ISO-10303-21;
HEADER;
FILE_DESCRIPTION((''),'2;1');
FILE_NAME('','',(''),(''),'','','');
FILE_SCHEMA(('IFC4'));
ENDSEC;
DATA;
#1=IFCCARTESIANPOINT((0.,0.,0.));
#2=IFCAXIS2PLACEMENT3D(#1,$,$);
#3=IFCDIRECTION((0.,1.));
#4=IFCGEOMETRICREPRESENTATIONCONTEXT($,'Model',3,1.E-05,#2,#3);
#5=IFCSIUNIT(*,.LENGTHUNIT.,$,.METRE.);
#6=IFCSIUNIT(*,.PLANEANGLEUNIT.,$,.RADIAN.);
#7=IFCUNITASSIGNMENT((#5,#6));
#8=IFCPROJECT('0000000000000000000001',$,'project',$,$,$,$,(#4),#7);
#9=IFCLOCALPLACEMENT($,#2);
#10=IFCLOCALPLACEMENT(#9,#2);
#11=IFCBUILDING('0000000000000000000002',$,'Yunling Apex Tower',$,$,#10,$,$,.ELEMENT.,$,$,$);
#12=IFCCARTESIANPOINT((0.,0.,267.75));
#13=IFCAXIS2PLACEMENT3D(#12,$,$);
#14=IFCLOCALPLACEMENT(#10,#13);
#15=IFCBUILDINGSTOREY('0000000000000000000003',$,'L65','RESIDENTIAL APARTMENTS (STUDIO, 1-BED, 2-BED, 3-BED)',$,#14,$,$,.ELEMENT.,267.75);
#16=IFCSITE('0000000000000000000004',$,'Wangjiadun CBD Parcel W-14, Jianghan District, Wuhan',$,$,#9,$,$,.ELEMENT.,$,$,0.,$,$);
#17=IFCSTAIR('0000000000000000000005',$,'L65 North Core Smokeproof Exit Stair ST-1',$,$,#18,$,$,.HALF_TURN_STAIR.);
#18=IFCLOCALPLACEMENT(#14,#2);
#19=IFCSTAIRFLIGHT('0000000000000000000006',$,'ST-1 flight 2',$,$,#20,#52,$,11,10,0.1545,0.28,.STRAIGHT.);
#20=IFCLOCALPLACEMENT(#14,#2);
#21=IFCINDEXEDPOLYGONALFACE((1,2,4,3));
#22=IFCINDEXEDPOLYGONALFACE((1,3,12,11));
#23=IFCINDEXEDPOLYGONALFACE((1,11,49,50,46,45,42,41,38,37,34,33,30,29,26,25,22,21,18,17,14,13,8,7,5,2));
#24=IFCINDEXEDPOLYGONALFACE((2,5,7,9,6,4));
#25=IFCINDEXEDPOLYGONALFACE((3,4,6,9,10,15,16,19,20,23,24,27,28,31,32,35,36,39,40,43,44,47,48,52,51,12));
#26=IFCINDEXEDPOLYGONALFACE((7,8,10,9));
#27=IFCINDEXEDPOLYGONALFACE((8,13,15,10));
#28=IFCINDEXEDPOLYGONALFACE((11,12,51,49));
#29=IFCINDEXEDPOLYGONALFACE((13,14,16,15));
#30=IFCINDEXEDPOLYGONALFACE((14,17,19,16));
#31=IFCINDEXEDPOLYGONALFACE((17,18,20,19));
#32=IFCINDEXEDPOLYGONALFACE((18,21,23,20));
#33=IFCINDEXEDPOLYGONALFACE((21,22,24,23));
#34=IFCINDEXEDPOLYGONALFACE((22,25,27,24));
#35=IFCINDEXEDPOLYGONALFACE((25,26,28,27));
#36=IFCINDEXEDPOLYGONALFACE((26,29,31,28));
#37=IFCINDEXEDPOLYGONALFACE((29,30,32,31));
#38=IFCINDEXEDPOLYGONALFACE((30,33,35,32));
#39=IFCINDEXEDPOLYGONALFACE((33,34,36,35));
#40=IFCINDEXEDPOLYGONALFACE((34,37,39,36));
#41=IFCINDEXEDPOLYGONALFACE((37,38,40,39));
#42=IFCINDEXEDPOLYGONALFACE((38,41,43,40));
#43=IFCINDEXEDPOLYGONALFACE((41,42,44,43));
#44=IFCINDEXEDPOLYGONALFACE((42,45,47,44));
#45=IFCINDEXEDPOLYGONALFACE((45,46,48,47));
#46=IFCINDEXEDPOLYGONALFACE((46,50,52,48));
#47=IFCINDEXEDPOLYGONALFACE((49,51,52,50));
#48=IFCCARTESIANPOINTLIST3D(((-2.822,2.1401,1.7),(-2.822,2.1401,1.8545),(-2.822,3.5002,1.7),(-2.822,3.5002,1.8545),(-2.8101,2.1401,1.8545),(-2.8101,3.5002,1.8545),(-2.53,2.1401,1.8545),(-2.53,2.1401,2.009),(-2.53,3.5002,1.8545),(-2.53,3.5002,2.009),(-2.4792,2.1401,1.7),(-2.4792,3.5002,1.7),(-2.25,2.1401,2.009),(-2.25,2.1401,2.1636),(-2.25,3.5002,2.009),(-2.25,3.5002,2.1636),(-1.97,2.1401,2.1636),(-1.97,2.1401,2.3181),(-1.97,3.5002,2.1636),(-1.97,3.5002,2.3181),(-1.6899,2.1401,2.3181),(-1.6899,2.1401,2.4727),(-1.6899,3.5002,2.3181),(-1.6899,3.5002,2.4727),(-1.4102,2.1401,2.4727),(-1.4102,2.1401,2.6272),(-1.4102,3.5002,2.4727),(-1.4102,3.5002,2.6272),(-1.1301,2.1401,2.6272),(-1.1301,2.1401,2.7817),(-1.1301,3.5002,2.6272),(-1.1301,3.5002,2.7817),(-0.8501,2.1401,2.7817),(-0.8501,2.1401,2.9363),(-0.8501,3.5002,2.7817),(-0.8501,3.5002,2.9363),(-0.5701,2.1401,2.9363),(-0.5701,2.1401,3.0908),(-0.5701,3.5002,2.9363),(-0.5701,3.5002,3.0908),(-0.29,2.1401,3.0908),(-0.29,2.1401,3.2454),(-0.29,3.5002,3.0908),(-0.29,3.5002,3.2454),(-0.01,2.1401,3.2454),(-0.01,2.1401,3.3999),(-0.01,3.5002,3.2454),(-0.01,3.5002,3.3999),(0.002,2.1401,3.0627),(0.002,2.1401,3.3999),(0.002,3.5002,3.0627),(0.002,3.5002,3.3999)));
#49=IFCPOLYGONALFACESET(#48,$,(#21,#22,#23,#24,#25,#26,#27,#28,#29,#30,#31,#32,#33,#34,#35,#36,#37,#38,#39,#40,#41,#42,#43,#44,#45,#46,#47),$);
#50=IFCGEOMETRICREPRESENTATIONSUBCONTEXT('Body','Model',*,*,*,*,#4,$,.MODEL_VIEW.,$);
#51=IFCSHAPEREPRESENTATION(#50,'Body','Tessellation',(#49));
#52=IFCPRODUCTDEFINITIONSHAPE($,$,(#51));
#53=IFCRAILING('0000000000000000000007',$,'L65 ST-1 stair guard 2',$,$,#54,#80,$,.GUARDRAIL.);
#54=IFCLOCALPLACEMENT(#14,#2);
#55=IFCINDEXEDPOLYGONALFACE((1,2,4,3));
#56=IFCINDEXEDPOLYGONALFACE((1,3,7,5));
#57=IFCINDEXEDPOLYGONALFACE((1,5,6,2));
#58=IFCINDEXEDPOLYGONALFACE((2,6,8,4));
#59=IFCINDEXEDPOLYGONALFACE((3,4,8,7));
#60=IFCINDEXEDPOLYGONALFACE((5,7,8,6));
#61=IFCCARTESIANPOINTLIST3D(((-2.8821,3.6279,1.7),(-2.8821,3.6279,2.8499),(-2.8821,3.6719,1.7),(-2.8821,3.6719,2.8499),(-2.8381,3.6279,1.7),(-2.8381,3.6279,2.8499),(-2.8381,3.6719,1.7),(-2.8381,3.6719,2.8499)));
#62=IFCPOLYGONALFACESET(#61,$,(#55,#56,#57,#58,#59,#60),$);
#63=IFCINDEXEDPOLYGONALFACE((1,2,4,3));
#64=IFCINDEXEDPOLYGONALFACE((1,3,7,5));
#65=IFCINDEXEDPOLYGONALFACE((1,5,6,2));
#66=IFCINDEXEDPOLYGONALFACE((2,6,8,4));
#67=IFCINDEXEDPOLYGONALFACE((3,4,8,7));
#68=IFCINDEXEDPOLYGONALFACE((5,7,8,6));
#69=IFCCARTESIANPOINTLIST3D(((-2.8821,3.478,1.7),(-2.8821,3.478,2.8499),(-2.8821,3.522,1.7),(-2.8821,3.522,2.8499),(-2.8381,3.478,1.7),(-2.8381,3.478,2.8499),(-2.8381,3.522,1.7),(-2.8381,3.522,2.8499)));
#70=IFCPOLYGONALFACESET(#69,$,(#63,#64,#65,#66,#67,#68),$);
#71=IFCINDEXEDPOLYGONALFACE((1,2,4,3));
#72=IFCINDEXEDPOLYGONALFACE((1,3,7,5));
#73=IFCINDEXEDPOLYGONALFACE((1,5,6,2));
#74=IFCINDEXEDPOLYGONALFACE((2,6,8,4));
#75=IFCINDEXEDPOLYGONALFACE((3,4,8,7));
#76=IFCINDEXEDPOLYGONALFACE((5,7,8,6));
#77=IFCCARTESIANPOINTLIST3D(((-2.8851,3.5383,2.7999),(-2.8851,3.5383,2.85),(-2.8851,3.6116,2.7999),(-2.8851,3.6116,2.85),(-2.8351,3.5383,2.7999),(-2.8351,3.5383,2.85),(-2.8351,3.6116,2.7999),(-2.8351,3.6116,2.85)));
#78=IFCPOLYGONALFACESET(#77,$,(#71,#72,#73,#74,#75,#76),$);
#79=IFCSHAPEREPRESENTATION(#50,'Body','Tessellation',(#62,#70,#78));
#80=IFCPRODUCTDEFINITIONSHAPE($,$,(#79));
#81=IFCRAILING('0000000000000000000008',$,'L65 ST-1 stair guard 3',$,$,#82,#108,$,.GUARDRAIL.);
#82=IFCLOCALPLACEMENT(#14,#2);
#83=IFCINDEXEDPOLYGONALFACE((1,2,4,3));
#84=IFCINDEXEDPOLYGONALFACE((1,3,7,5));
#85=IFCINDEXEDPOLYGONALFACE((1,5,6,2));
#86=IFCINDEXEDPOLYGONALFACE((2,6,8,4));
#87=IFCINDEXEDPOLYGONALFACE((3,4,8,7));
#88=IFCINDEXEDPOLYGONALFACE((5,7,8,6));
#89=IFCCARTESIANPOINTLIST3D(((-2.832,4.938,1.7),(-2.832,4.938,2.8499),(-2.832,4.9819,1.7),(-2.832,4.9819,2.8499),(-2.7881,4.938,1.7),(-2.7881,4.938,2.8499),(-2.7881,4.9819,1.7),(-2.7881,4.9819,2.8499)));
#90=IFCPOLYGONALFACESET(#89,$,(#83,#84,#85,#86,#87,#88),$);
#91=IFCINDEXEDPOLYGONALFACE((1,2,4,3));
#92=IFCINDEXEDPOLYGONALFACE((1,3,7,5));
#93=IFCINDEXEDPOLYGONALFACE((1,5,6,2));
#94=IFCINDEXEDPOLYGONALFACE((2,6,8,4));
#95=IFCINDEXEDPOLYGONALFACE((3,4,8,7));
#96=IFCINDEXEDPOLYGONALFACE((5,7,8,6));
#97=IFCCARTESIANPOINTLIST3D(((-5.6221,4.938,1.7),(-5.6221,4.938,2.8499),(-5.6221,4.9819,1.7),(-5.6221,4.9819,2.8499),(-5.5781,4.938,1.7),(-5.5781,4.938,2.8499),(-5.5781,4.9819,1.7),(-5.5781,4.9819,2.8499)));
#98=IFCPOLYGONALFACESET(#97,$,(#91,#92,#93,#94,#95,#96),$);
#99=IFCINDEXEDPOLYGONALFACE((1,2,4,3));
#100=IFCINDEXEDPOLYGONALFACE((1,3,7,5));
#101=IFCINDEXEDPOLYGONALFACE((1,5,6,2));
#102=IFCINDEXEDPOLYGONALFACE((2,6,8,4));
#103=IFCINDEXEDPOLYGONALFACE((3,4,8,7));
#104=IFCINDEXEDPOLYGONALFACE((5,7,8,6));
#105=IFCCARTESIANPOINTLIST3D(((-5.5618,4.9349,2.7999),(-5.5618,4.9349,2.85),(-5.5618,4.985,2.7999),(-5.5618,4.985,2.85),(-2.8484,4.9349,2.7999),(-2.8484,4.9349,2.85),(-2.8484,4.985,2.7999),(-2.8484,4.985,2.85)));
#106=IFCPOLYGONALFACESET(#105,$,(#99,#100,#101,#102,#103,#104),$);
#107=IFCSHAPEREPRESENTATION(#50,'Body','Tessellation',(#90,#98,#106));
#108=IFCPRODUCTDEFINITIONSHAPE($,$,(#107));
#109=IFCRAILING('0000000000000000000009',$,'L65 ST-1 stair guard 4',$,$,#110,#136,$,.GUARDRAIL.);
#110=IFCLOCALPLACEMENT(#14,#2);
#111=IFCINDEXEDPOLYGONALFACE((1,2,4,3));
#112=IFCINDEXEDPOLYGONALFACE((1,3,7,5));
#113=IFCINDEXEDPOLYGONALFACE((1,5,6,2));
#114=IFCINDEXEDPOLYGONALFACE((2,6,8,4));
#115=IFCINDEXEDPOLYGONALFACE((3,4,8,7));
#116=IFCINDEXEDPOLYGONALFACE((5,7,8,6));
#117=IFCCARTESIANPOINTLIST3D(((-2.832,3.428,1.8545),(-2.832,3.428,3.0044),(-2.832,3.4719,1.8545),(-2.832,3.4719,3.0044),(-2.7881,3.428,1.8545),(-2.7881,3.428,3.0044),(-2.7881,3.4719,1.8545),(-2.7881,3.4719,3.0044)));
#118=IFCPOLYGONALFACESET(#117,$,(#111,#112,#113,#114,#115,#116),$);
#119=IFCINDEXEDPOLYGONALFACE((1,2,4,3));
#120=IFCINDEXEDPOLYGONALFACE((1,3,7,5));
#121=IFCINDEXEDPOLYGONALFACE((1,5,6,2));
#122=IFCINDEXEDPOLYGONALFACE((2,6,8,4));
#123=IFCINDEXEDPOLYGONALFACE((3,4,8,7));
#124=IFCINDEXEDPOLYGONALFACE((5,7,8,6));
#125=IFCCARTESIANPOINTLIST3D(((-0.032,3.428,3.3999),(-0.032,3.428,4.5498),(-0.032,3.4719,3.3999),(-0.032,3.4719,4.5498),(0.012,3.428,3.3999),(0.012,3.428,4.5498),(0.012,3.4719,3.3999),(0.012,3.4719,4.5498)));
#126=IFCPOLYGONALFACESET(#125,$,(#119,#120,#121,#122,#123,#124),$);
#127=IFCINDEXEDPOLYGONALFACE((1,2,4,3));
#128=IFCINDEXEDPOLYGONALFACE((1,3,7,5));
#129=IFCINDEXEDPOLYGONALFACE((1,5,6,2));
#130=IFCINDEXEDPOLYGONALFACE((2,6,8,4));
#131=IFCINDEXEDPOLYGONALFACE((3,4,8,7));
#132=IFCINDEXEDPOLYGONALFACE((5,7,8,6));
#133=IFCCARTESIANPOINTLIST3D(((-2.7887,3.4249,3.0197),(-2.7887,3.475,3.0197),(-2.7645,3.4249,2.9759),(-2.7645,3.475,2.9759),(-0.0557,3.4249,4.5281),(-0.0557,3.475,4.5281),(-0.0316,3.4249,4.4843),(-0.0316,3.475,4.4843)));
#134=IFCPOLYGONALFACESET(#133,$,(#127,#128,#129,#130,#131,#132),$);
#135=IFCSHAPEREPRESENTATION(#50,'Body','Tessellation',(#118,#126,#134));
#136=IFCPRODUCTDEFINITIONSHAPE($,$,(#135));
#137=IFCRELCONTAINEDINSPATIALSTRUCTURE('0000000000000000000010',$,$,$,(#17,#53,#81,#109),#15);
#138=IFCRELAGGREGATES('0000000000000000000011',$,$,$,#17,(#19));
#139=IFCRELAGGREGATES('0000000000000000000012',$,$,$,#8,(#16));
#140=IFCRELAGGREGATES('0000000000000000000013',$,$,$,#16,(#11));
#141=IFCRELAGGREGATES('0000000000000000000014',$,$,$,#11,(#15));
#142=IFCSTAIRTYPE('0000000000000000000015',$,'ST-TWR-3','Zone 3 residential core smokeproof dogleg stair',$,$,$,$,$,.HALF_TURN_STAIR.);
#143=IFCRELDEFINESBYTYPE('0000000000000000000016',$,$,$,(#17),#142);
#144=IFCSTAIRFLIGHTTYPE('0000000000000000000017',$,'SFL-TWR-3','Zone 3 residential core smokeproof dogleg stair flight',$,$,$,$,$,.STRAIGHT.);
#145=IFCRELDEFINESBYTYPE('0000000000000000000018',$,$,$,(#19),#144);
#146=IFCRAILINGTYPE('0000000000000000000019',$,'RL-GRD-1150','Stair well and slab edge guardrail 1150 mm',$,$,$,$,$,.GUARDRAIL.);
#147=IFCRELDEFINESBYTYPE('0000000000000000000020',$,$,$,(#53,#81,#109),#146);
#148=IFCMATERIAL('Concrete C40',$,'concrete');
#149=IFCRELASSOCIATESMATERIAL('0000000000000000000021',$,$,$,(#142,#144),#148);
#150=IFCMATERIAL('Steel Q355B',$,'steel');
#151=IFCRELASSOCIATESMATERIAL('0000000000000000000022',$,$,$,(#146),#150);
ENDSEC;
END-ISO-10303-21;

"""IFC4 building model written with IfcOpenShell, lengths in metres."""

from ifc_helpers import new_model, si_unit, direction, frame, origin, origin_2d, place, context, subcontext, project, spatial, polyline, rectangle, outline, extrude, material, type_object, element, aggregate, save


model = new_model("IFC4")

# Units and contexts
model_context = context("Model", 3, precision=1e-05, world=origin(), true_north=direction((0.0, 1.0)))
body_context = subcontext(model_context, "Body", "Model", "MODEL_VIEW")
ifc_project = project(units=[si_unit("LENGTHUNIT", "METRE"), si_unit("PLANEANGLEUNIT", "RADIAN")], contexts=[model_context])

# Site, building, storey
site_placement = place(None, origin())
site = spatial("IfcSite", under=ifc_project, at=site_placement, Name="Wangjiadun CBD Parcel W-14, Jianghan District, Wuhan", CompositionType="ELEMENT", RefElevation=0.0)
building_placement = place(site_placement, origin())
building = spatial("IfcBuilding", under=site, at=building_placement, Name="Yunling Apex Tower", CompositionType="ELEMENT")
storey_placement = place(building_placement, frame((0.0, 0.0, 267.75)))
storey = spatial("IfcBuildingStorey", under=building, at=storey_placement, Name="L65", Description="RESIDENTIAL APARTMENTS (STUDIO, 1-BED, 2-BED, 3-BED)", CompositionType="ELEMENT", Elevation=267.75)

# Shared definitions
ifc_material_1 = material(Name="Steel Q355B", Category="steel")

# Shared definitions
ifc_material_2 = material(Name="Concrete C40", Category="concrete")

# Stair, stair flight
stair_type = type_object("IfcStairType", Name="ST-TWR-3", Description="Zone 3 residential core smokeproof dogleg stair", PredefinedType="HALF_TURN_STAIR", material=ifc_material_2)
stair_placement = place(storey_placement, origin())
stair = element("IfcStair", 1, at=stair_placement, inside=storey, type_object=stair_type, Name="L65 North Core Smokeproof Exit Stair ST-1", PredefinedType="HALF_TURN_STAIR")
stair_flight_type = type_object("IfcStairFlightType", Name="SFL-TWR-3", Description="Zone 3 residential core smokeproof dogleg stair flight", PredefinedType="STRAIGHT", material=ifc_material_2)
stair_flight_placement = place(storey_placement, frame((-2.8101, 2.8201, 1.7), z_axis=(0.0, 0.0, 1.0), x_axis=(1.0, 0.0, 0.0)))
stair_flight = element("IfcStairFlight", 2, at=stair_flight_placement, type_object=stair_flight_type, Name="ST-1 flight 2", NumberOfRisers=11, NumberOfTreads=10, PredefinedType="STRAIGHT", RiserHeight=0.1545, TreadLength=0.28, context=body_context, shape_type="SweptSolid", body=[
    extrude(outline(polyline([(-0.012, 0.0), (-0.012, 0.1545), (0.0, 0.1545), (0.28, 0.1545), (0.28, 0.3091), (0.5601, 0.3091), (0.5601, 0.4636), (0.8401, 0.4636), (0.8401, 0.6182), (1.1201, 0.6182), (1.1201, 0.7727), (1.3999, 0.7727), (1.3999, 0.9272), (1.6799, 0.9272), (1.6799, 1.0818), (1.96, 1.0818), (1.96, 1.2363), (2.24, 1.2363), (2.24, 1.3909), (2.52, 1.3909), (2.52, 1.5454), (2.8, 1.5454), (2.8, 1.7), (2.812, 1.7), (2.812, 1.3628), (0.3308, 0.0), (-0.012, 0.0)])), frame((0.0, 0.6802, 0.0), z_axis=(0.0, -1.0, 0.0), x_axis=(1.0, 0.0, 0.0)), (0.0, 0.0, 1.0), 1.3601),
])
aggregate(stair, [stair_flight])

# Railings
railing_type = type_object("IfcRailingType", Name="RL-GRD-1150", Description="Stair well and slab edge guardrail 1150 mm", PredefinedType="GUARDRAIL", material=ifc_material_1)
railing_1_placement = place(storey_placement, frame((-2.8601, 3.6499, 1.7)))
element("IfcRailing", 3, at=railing_1_placement, inside=storey, type_object=railing_type, Name="L65 ST-1 stair guard 2", PredefinedType="GUARDRAIL", context=body_context, shape_type="SweptSolid", body=[
    extrude(rectangle(XDim=0.0439, YDim=0.0439, at=origin_2d()), origin(), (0.0, 0.0, 1.0), 1.1499),
    extrude(rectangle(XDim=0.0439, YDim=0.0439, at=origin_2d()), frame((0.0, -0.1499, 0.0)), (0.0, 0.0, 1.0), 1.1499),
    extrude(rectangle(XDim=0.05, YDim=0.05, at=origin_2d()), frame((0.0, -0.0383, 1.125), z_axis=(0.0, -1.0, 0.0), x_axis=(1.0, 0.0, 0.0)), (0.0, 0.0, 1.0), 0.0732),
])
railing_2_placement = place(storey_placement, frame((-2.8101, 4.96, 1.7)))
element("IfcRailing", 4, at=railing_2_placement, inside=storey, type_object=railing_type, Name="L65 ST-1 stair guard 3", PredefinedType="GUARDRAIL", context=body_context, shape_type="SweptSolid", body=[
    extrude(rectangle(XDim=0.0439, YDim=0.0439, at=origin_2d()), origin(), (0.0, 0.0, 1.0), 1.1499),
    extrude(rectangle(XDim=0.0439, YDim=0.0439, at=origin_2d()), frame((-2.79, 0.0, 0.0)), (0.0, 0.0, 1.0), 1.1499),
    extrude(rectangle(XDim=0.05, YDim=0.05, at=origin_2d()), frame((-0.0383, 0.0, 1.125), z_axis=(-1.0, 0.0, 0.0), x_axis=(0.0, -1.0, 0.0)), (0.0, 0.0, 1.0), 2.7134),
])
railing_3_placement = place(storey_placement, frame((-2.8101, 3.45, 1.8545)))
element("IfcRailing", 5, at=railing_3_placement, inside=storey, type_object=railing_type, Name="L65 ST-1 stair guard 4", PredefinedType="GUARDRAIL", context=body_context, shape_type="SweptSolid", body=[
    extrude(rectangle(XDim=0.0439, YDim=0.0439, at=origin_2d()), origin(), (0.0, 0.0, 1.0), 1.1499),
    extrude(rectangle(XDim=0.0439, YDim=0.0439, at=origin_2d()), frame((2.8, 0.0, 1.5454)), (0.0, 0.0, 1.0), 1.1499),
    extrude(rectangle(XDim=0.05, YDim=0.05, at=origin_2d()), frame((0.0334, 0.0, 1.1433), z_axis=(0.875504, 0.0, 0.483211), x_axis=(0.0, 1.0, 0.0)), (0.0, 0.0, 1.0), 3.1216),
])

save(model, "model.ifc")
